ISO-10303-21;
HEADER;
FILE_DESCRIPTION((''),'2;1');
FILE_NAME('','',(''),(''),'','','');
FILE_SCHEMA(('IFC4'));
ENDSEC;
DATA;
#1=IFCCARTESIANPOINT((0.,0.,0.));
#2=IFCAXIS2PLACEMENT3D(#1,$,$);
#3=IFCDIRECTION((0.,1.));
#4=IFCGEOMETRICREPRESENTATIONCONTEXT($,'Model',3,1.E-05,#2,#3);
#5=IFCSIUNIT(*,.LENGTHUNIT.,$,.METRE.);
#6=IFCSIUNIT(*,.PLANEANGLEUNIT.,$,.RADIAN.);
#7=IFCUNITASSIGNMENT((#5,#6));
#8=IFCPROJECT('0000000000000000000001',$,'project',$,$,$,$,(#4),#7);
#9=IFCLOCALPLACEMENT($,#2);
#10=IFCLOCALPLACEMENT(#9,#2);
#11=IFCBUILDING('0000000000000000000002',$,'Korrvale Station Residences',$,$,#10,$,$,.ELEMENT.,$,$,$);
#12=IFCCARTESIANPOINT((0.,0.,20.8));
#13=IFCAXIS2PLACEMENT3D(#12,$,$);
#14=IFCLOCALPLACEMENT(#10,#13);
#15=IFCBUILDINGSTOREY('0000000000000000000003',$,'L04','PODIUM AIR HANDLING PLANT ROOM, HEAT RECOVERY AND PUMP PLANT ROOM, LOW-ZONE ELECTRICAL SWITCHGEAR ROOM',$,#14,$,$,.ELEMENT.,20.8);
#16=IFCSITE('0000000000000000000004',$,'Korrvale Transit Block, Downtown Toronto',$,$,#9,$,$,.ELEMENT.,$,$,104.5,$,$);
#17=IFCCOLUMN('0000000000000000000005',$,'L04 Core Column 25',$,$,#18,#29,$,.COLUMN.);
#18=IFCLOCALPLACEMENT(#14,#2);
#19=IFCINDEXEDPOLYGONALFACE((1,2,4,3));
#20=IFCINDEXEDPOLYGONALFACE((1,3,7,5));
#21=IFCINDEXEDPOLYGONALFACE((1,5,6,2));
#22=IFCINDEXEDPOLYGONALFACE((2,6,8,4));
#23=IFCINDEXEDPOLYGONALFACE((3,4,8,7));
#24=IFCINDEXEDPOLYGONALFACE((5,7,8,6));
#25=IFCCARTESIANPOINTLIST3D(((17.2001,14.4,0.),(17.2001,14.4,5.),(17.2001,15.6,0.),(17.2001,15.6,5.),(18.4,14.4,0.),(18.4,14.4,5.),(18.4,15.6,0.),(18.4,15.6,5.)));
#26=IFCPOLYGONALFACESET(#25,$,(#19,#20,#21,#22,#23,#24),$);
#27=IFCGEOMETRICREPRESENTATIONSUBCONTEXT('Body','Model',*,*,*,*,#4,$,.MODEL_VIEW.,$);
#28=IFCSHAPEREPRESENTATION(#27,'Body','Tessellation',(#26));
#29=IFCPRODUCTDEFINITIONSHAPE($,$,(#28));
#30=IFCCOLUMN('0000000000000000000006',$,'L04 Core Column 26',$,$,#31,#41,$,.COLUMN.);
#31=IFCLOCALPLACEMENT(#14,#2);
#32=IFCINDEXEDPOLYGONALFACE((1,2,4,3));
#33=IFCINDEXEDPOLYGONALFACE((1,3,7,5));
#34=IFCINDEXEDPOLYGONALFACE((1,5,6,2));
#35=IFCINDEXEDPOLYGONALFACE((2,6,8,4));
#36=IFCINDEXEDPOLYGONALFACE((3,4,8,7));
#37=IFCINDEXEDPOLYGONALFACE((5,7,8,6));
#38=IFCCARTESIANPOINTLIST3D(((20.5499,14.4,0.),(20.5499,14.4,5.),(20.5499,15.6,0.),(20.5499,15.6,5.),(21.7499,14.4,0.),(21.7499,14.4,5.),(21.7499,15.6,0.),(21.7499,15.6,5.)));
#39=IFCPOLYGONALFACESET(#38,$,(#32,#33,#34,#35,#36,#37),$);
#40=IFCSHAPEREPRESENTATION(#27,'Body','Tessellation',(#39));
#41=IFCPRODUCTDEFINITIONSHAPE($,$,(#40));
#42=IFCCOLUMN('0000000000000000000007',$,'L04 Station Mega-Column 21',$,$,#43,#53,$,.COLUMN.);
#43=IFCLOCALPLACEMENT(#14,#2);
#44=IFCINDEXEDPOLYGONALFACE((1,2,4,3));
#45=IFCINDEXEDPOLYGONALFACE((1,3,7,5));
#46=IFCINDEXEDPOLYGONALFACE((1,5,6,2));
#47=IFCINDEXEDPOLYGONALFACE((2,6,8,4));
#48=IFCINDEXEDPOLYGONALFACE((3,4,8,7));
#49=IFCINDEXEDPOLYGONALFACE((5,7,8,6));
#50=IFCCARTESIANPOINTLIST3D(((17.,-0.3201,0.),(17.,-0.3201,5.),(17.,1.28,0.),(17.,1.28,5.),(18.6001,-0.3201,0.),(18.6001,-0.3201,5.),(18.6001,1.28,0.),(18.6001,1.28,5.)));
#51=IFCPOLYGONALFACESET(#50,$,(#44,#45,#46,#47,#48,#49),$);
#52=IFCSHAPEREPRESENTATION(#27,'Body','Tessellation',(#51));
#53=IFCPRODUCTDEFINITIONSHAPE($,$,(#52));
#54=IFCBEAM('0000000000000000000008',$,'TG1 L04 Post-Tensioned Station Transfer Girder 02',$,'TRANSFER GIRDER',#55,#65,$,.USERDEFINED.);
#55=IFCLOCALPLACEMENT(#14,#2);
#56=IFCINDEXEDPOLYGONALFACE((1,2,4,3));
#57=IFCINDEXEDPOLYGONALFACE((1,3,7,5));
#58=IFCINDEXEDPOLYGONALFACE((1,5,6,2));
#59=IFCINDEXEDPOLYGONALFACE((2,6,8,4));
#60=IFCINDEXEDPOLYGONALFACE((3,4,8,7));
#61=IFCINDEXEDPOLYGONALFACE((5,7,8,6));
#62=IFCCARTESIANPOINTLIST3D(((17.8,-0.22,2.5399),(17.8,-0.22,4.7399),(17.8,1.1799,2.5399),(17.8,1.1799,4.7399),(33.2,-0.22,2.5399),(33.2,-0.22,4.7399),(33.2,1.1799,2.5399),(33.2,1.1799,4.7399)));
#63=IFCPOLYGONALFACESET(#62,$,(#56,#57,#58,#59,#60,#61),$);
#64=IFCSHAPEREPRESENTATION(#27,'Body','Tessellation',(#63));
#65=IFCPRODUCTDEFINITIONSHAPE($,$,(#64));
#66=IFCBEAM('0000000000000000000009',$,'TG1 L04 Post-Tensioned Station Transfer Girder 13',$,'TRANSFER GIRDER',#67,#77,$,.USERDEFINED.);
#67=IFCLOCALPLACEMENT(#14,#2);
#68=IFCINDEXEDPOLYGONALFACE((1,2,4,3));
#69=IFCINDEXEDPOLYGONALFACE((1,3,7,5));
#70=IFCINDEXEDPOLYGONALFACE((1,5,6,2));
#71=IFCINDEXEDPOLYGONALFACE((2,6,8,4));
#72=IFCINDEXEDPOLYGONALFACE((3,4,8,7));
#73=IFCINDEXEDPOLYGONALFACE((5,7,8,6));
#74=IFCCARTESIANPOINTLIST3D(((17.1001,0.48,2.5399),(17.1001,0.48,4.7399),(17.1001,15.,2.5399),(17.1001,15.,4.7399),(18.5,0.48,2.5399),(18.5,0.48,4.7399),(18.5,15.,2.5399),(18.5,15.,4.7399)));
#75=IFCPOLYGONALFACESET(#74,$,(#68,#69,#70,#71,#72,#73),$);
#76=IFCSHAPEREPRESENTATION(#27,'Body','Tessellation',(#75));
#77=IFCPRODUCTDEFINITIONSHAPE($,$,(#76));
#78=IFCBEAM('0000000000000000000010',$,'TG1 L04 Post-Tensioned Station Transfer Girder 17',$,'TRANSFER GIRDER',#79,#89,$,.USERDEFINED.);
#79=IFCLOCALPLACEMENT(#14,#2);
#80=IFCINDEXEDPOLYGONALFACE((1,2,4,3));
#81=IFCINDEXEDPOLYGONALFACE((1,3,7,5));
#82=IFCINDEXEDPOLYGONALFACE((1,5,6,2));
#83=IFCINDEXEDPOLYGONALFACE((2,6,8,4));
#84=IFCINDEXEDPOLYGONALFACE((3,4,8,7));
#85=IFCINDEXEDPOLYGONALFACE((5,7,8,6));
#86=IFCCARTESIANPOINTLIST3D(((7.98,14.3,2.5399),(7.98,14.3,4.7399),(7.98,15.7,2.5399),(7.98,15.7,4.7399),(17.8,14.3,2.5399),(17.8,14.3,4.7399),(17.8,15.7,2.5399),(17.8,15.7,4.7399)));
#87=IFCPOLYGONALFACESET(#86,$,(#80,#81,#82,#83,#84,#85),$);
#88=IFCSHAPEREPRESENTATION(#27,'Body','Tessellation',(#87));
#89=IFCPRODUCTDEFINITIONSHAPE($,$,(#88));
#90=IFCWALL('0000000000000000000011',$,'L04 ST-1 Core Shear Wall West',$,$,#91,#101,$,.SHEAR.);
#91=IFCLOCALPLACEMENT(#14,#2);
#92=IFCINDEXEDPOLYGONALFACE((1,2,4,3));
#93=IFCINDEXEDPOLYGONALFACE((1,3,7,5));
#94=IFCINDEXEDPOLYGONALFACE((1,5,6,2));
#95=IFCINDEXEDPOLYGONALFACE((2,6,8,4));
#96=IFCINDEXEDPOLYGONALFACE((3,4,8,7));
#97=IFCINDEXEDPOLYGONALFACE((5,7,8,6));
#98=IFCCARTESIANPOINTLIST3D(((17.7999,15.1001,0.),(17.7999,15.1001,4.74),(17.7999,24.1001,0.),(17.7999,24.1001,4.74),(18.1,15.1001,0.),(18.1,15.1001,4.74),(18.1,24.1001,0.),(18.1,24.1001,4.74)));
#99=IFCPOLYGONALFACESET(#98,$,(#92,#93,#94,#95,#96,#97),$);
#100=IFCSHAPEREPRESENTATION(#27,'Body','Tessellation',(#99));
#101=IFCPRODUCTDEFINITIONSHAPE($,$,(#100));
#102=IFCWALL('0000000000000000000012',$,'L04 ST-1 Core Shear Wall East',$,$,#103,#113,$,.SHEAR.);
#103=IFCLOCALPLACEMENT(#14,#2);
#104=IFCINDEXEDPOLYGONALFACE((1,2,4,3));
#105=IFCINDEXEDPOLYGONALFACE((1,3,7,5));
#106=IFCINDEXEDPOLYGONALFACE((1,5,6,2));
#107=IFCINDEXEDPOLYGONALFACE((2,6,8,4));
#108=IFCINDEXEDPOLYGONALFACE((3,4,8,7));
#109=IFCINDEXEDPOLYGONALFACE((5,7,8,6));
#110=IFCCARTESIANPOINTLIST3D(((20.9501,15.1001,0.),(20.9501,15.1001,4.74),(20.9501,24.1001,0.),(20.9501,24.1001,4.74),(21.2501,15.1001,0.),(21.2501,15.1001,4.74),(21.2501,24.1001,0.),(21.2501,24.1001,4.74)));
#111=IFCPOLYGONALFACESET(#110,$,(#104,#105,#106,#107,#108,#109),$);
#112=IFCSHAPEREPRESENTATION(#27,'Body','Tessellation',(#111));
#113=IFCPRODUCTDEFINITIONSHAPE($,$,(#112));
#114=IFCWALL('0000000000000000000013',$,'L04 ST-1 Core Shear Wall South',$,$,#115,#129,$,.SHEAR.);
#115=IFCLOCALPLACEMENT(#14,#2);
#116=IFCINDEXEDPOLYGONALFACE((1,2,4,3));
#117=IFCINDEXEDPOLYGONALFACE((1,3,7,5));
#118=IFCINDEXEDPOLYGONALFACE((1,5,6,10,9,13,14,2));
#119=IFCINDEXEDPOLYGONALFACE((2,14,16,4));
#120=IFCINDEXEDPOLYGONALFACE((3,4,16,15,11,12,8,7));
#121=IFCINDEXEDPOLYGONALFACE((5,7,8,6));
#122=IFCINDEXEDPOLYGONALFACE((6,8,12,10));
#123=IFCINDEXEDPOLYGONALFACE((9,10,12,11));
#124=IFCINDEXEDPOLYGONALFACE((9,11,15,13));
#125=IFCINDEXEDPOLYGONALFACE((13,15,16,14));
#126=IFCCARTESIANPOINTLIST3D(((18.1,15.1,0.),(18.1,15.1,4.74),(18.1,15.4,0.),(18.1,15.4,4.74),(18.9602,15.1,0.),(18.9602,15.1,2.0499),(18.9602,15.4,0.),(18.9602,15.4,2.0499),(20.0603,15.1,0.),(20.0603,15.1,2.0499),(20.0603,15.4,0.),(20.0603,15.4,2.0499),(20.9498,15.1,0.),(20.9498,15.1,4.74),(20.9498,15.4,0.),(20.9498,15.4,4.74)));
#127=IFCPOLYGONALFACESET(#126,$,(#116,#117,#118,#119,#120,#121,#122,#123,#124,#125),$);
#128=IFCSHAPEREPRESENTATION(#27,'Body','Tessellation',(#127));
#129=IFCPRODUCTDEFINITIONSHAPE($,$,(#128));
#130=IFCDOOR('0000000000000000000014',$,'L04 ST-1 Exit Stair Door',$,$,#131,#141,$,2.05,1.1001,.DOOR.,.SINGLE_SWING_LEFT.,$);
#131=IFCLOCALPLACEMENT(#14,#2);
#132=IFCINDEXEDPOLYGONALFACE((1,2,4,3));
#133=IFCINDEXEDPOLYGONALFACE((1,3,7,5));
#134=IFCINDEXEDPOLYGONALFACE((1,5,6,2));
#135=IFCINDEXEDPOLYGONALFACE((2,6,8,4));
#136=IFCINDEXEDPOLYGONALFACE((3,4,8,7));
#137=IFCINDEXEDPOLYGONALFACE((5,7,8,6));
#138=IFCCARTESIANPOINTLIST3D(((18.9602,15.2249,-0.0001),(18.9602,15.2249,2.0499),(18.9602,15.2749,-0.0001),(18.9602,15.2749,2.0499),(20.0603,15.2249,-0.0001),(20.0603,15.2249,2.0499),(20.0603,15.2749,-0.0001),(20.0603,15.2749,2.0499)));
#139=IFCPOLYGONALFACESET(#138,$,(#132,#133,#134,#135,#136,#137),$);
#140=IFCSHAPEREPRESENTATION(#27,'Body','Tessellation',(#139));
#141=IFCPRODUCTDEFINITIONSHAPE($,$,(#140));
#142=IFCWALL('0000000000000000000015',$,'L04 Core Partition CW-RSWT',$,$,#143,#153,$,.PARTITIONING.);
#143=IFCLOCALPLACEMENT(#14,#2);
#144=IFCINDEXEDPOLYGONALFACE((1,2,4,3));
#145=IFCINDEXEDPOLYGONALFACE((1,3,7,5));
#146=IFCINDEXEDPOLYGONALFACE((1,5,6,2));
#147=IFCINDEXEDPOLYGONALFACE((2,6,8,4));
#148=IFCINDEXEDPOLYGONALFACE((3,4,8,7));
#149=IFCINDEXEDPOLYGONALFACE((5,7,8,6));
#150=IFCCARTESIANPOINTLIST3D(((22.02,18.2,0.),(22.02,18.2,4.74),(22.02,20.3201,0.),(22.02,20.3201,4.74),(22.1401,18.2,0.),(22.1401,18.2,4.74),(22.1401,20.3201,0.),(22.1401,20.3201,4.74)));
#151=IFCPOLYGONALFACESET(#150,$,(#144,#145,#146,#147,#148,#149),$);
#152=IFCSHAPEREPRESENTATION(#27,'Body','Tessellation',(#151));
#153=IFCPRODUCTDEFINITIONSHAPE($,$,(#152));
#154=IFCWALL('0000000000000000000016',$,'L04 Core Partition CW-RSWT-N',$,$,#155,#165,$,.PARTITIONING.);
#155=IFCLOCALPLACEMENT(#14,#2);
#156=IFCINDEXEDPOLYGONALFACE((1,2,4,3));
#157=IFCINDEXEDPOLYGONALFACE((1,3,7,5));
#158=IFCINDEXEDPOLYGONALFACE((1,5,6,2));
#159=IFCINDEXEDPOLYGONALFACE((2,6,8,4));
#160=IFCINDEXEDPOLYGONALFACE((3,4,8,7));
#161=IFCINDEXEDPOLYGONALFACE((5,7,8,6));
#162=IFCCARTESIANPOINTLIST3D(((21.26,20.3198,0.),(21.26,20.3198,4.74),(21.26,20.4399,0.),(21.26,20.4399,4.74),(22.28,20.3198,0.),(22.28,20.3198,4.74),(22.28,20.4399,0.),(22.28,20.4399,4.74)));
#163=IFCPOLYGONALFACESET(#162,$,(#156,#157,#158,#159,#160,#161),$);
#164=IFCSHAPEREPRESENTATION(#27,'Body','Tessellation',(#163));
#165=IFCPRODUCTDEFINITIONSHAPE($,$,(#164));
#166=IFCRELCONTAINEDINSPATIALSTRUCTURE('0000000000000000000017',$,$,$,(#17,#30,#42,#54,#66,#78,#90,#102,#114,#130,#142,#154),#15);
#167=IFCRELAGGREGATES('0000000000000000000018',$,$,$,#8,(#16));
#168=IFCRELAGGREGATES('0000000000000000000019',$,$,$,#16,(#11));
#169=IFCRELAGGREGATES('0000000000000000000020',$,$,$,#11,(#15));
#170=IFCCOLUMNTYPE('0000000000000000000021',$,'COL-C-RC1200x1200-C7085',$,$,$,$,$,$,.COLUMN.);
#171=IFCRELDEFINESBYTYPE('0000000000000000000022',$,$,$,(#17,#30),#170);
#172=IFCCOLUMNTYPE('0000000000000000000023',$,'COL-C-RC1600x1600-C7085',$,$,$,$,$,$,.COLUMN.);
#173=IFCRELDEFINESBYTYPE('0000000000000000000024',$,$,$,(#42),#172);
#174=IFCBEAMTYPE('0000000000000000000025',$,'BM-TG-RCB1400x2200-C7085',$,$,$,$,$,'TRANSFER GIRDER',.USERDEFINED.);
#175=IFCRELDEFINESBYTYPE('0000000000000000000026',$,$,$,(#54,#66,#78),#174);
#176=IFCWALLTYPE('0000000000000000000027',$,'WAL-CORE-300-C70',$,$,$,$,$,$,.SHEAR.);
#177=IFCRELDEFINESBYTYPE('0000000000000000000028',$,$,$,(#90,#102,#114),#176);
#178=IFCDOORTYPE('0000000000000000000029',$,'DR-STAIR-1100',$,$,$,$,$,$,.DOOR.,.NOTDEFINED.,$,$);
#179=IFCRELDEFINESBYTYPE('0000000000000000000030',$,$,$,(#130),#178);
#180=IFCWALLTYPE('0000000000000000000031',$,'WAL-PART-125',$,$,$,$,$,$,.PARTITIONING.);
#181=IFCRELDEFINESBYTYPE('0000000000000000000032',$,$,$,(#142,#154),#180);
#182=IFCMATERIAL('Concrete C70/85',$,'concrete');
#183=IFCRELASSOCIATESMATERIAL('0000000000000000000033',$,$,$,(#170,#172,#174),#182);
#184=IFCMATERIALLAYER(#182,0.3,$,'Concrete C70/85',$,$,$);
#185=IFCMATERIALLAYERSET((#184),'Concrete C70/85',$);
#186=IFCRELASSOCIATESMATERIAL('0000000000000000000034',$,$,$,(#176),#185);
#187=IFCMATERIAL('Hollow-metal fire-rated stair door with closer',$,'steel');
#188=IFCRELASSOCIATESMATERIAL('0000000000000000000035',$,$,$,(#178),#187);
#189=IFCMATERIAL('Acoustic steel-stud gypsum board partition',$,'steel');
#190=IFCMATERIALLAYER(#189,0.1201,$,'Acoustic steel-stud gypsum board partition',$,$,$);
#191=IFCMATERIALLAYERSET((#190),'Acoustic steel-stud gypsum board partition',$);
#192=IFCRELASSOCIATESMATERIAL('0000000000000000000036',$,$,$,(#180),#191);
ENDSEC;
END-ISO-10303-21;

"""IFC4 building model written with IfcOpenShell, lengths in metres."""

from ifc_helpers import new_model, si_unit, direction, frame, frame_2d, origin, origin_2d, place, context, subcontext, project, spatial, rectangle, extrude, material, layer, layer_set, material_profile, profile_set, type_object, element, fill, save


model = new_model("IFC4")

# Units and contexts
model_context = context("Model", 3, precision=1e-05, world=origin(), true_north=direction((0.0, 1.0)))
body_context = subcontext(model_context, "Body", "Model", "MODEL_VIEW")
ifc_project = project(units=[si_unit("LENGTHUNIT", "METRE"), si_unit("PLANEANGLEUNIT", "RADIAN")], contexts=[model_context])

# Site, building, storey
site_placement = place(None, origin())
site = spatial("IfcSite", under=ifc_project, at=site_placement, Name="Korrvale Transit Block, Downtown Toronto", CompositionType="ELEMENT", RefElevation=104.5)
building_placement = place(site_placement, origin())
building = spatial("IfcBuilding", under=site, at=building_placement, Name="Korrvale Station Residences", CompositionType="ELEMENT")
storey_placement = place(building_placement, frame((0.0, 0.0, 20.8)))
storey = spatial("IfcBuildingStorey", under=building, at=storey_placement, Name="L04", Description="PODIUM AIR HANDLING PLANT ROOM, HEAT RECOVERY AND PUMP PLANT ROOM, LOW-ZONE ELECTRICAL SWITCHGEAR ROOM", CompositionType="ELEMENT", Elevation=20.8)

# Columns
ifc_material_1 = material(Name="Concrete C70/85", Category="concrete")
ifc_material_profile_1 = material_profile(ifc_material_1, rectangle(XDim=1.2, YDim=1.2, at=origin_2d()), Name="RC1200x1200")
ifc_profile_set_1 = profile_set([ifc_material_profile_1], Name="Concrete C70/85")
column_type_1 = type_object("IfcColumnType", Name="COL-C-RC1200x1200-C7085", PredefinedType="COLUMN", material=ifc_profile_set_1)
for number, where, z_axis, x_axis, name in (
    (1, (17.8, 15.0, 0.0), (0.0, 0.0, 1.0), (1.0, 0.0, 0.0), "L04 Core Column 25"),
    (2, (21.1499, 15.0, 0.0), (0.0, 0.0, 1.0), (1.0, 0.0, 0.0), "L04 Core Column 26"),
):
    element("IfcColumn", number, at=place(storey_placement, frame(where, z_axis=z_axis, x_axis=x_axis)), inside=storey, type_object=column_type_1, Name=name, PredefinedType="COLUMN", context=body_context, shape_type="SweptSolid", body=[
        extrude(rectangle(XDim=1.2, YDim=1.2, at=origin_2d()), origin(), (0.0, 0.0, 1.0), 5.0),
    ])
ifc_material_profile_2 = material_profile(ifc_material_1, rectangle(XDim=1.6001, YDim=1.6001, at=origin_2d()), Name="RC1600x1600")
ifc_profile_set_2 = profile_set([ifc_material_profile_2], Name="Concrete C70/85")
column_type_2 = type_object("IfcColumnType", Name="COL-C-RC1600x1600-C7085", PredefinedType="COLUMN", material=ifc_profile_set_2)
column_placement = place(storey_placement, frame((17.8, 0.48, 0.0), z_axis=(0.0, 0.0, 1.0), x_axis=(1.0, 0.0, 0.0)))
element("IfcColumn", 3, at=column_placement, inside=storey, type_object=column_type_2, Name="L04 Station Mega-Column 21", PredefinedType="COLUMN", context=body_context, shape_type="SweptSolid", body=[
    extrude(rectangle(XDim=1.6001, YDim=1.6001, at=origin_2d()), origin(), (0.0, 0.0, 1.0), 5.0),
])

# Beams
ifc_material_profile_3 = material_profile(ifc_material_1, rectangle(XDim=1.3999, YDim=2.2, at=origin_2d()), Name="RCB1400x2200")
ifc_profile_set_3 = profile_set([ifc_material_profile_3], Name="Concrete C70/85")
beam_type = type_object("IfcBeamType", Name="BM-TG-RCB1400x2200-C7085", ElementType="TRANSFER GIRDER", PredefinedType="USERDEFINED", material=ifc_profile_set_3)
beam_1_placement = place(storey_placement, frame((17.8, 0.48, 3.6399), z_axis=(1.0, 0.0, 0.0), x_axis=(0.0, 1.0, 0.0)))
element("IfcBeam", 4, at=beam_1_placement, inside=storey, type_object=beam_type, Name="TG1 L04 Post-Tensioned Station Transfer Girder 02", ObjectType="TRANSFER GIRDER", PredefinedType="USERDEFINED", context=body_context, shape_type="SweptSolid", body=[
    extrude(rectangle(XDim=1.3999, YDim=2.2, at=origin_2d()), origin(), (0.0, 0.0, 1.0), 15.3999),
])
beam_2_placement = place(storey_placement, frame((17.8, 0.48, 3.6399), z_axis=(0.0, 1.0, 0.0), x_axis=(-1.0, 0.0, 0.0)))
element("IfcBeam", 5, at=beam_2_placement, inside=storey, type_object=beam_type, Name="TG1 L04 Post-Tensioned Station Transfer Girder 13", ObjectType="TRANSFER GIRDER", PredefinedType="USERDEFINED", context=body_context, shape_type="SweptSolid", body=[
    extrude(rectangle(XDim=1.3999, YDim=2.2, at=origin_2d()), origin(), (0.0, 0.0, 1.0), 14.52),
])
beam_3_placement = place(storey_placement, frame((7.98, 15.0, 3.6399), z_axis=(1.0, 0.0, 0.0), x_axis=(0.0, 1.0, 0.0)))
element("IfcBeam", 6, at=beam_3_placement, inside=storey, type_object=beam_type, Name="TG1 L04 Post-Tensioned Station Transfer Girder 17", ObjectType="TRANSFER GIRDER", PredefinedType="USERDEFINED", context=body_context, shape_type="SweptSolid", body=[
    extrude(rectangle(XDim=1.3999, YDim=2.2, at=origin_2d()), origin(), (0.0, 0.0, 1.0), 9.8201),
])

# Walls
ifc_layer_1 = layer(ifc_material_1, 0.3, Name="Concrete C70/85")
ifc_layer_set_1 = layer_set([ifc_layer_1], Name="Concrete C70/85")
wall_type_1 = type_object("IfcWallType", Name="WAL-CORE-300-C70", PredefinedType="SHEAR", material=ifc_layer_set_1)
for number, where, z_axis, x_axis, name in (
    (7, (17.95, 15.1001, 0.0), (0.0, 0.0, 1.0), (0.0, 1.0, 0.0), "L04 ST-1 Core Shear Wall West"),
    (8, (21.1001, 15.1001, 0.0), (0.0, 0.0, 1.0), (0.0, 1.0, 0.0), "L04 ST-1 Core Shear Wall East"),
):
    element("IfcWall", number, at=place(storey_placement, frame(where, z_axis=z_axis, x_axis=x_axis)), inside=storey, type_object=wall_type_1, Name=name, PredefinedType="SHEAR", context=body_context, shape_type="SweptSolid", body=[
        extrude(rectangle(XDim=9.0, YDim=0.3, at=frame_2d((4.5, 0.0))), origin(), (0.0, 0.0, 1.0), 4.74),
    ])

# Wall, opening, door
wall_1_placement = place(storey_placement, frame((18.1001, 15.25, 0.0), z_axis=(0.0, 0.0, 1.0), x_axis=(1.0, 0.0, 0.0)))
wall_1 = element("IfcWall", 9, at=wall_1_placement, inside=storey, type_object=wall_type_1, Name="L04 ST-1 Core Shear Wall South", PredefinedType="SHEAR", context=body_context, shape_type="SweptSolid", body=[
    extrude(rectangle(XDim=2.8499, YDim=0.3, at=frame_2d((1.4248, 0.0))), origin(), (0.0, 0.0, 1.0), 4.74),
])
opening_1_placement = place(wall_1_placement, frame((0.8601, 0.0, 0.0)))
opening_1 = element("IfcOpeningElement", 10, at=opening_1_placement, cuts=wall_1, PredefinedType="OPENING", context=body_context, shape_type="SweptSolid", body=[
    extrude(rectangle(XDim=1.1001, YDim=2.05, at=frame_2d((0.55, 1.0249))), frame((0.0, 0.1602, 0.0), z_axis=(0.0, -1.0, 0.0), x_axis=(1.0, 0.0, 0.0)), (0.0, 0.0, 1.0), 0.3201),
])
ifc_material_2 = material(Name="Hollow-metal fire-rated stair door with closer", Category="steel")
door_type_1 = type_object("IfcDoorType", Name="DR-STAIR-1100", OperationType="NOTDEFINED", PredefinedType="DOOR", material=ifc_material_2)
door_1_placement = place(opening_1_placement, origin())
door_1 = element("IfcDoor", 11, at=door_1_placement, inside=storey, type_object=door_type_1, Name="L04 ST-1 Exit Stair Door", OperationType="SINGLE_SWING_LEFT", OverallHeight=2.05, OverallWidth=1.1001, PredefinedType="DOOR", context=body_context, shape_type="SweptSolid", body=[
    extrude(rectangle(XDim=1.1001, YDim=2.05, at=frame_2d((0.55, 1.0249))), frame((0.0, 0.0249, 0.0), z_axis=(0.0, -1.0, 0.0), x_axis=(1.0, 0.0, 0.0)), (0.0, 0.0, 1.0), 0.05),
])
fill(opening_1, door_1)

# Walls
ifc_material_3 = material(Name="Acoustic steel-stud gypsum board partition", Category="steel")
ifc_layer_2 = layer(ifc_material_3, 0.1201, Name="Acoustic steel-stud gypsum board partition")
ifc_layer_set_2 = layer_set([ifc_layer_2], Name="Acoustic steel-stud gypsum board partition")
wall_type_2 = type_object("IfcWallType", Name="WAL-PART-125", PredefinedType="PARTITIONING", material=ifc_layer_set_2)
wall_2_placement = place(storey_placement, frame((22.0801, 18.2, 0.0), z_axis=(0.0, 0.0, 1.0), x_axis=(0.0, 1.0, 0.0)))
element("IfcWall", 12, at=wall_2_placement, inside=storey, type_object=wall_type_2, Name="L04 Core Partition CW-RSWT", PredefinedType="PARTITIONING", context=body_context, shape_type="SweptSolid", body=[
    extrude(rectangle(XDim=2.1201, YDim=0.1201, at=frame_2d((1.0601, 0.0))), origin(), (0.0, 0.0, 1.0), 4.74),
])
wall_3_placement = place(storey_placement, frame((22.28, 20.3799, 0.0), z_axis=(0.0, 0.0, 1.0), x_axis=(-1.0, 0.0, 0.0)))
element("IfcWall", 13, at=wall_3_placement, inside=storey, type_object=wall_type_2, Name="L04 Core Partition CW-RSWT-N", PredefinedType="PARTITIONING", context=body_context, shape_type="SweptSolid", body=[
    extrude(rectangle(XDim=1.02, YDim=0.1201, at=frame_2d((0.51, 0.0))), origin(), (0.0, 0.0, 1.0), 4.74),
])

save(model, "model.ifc")
